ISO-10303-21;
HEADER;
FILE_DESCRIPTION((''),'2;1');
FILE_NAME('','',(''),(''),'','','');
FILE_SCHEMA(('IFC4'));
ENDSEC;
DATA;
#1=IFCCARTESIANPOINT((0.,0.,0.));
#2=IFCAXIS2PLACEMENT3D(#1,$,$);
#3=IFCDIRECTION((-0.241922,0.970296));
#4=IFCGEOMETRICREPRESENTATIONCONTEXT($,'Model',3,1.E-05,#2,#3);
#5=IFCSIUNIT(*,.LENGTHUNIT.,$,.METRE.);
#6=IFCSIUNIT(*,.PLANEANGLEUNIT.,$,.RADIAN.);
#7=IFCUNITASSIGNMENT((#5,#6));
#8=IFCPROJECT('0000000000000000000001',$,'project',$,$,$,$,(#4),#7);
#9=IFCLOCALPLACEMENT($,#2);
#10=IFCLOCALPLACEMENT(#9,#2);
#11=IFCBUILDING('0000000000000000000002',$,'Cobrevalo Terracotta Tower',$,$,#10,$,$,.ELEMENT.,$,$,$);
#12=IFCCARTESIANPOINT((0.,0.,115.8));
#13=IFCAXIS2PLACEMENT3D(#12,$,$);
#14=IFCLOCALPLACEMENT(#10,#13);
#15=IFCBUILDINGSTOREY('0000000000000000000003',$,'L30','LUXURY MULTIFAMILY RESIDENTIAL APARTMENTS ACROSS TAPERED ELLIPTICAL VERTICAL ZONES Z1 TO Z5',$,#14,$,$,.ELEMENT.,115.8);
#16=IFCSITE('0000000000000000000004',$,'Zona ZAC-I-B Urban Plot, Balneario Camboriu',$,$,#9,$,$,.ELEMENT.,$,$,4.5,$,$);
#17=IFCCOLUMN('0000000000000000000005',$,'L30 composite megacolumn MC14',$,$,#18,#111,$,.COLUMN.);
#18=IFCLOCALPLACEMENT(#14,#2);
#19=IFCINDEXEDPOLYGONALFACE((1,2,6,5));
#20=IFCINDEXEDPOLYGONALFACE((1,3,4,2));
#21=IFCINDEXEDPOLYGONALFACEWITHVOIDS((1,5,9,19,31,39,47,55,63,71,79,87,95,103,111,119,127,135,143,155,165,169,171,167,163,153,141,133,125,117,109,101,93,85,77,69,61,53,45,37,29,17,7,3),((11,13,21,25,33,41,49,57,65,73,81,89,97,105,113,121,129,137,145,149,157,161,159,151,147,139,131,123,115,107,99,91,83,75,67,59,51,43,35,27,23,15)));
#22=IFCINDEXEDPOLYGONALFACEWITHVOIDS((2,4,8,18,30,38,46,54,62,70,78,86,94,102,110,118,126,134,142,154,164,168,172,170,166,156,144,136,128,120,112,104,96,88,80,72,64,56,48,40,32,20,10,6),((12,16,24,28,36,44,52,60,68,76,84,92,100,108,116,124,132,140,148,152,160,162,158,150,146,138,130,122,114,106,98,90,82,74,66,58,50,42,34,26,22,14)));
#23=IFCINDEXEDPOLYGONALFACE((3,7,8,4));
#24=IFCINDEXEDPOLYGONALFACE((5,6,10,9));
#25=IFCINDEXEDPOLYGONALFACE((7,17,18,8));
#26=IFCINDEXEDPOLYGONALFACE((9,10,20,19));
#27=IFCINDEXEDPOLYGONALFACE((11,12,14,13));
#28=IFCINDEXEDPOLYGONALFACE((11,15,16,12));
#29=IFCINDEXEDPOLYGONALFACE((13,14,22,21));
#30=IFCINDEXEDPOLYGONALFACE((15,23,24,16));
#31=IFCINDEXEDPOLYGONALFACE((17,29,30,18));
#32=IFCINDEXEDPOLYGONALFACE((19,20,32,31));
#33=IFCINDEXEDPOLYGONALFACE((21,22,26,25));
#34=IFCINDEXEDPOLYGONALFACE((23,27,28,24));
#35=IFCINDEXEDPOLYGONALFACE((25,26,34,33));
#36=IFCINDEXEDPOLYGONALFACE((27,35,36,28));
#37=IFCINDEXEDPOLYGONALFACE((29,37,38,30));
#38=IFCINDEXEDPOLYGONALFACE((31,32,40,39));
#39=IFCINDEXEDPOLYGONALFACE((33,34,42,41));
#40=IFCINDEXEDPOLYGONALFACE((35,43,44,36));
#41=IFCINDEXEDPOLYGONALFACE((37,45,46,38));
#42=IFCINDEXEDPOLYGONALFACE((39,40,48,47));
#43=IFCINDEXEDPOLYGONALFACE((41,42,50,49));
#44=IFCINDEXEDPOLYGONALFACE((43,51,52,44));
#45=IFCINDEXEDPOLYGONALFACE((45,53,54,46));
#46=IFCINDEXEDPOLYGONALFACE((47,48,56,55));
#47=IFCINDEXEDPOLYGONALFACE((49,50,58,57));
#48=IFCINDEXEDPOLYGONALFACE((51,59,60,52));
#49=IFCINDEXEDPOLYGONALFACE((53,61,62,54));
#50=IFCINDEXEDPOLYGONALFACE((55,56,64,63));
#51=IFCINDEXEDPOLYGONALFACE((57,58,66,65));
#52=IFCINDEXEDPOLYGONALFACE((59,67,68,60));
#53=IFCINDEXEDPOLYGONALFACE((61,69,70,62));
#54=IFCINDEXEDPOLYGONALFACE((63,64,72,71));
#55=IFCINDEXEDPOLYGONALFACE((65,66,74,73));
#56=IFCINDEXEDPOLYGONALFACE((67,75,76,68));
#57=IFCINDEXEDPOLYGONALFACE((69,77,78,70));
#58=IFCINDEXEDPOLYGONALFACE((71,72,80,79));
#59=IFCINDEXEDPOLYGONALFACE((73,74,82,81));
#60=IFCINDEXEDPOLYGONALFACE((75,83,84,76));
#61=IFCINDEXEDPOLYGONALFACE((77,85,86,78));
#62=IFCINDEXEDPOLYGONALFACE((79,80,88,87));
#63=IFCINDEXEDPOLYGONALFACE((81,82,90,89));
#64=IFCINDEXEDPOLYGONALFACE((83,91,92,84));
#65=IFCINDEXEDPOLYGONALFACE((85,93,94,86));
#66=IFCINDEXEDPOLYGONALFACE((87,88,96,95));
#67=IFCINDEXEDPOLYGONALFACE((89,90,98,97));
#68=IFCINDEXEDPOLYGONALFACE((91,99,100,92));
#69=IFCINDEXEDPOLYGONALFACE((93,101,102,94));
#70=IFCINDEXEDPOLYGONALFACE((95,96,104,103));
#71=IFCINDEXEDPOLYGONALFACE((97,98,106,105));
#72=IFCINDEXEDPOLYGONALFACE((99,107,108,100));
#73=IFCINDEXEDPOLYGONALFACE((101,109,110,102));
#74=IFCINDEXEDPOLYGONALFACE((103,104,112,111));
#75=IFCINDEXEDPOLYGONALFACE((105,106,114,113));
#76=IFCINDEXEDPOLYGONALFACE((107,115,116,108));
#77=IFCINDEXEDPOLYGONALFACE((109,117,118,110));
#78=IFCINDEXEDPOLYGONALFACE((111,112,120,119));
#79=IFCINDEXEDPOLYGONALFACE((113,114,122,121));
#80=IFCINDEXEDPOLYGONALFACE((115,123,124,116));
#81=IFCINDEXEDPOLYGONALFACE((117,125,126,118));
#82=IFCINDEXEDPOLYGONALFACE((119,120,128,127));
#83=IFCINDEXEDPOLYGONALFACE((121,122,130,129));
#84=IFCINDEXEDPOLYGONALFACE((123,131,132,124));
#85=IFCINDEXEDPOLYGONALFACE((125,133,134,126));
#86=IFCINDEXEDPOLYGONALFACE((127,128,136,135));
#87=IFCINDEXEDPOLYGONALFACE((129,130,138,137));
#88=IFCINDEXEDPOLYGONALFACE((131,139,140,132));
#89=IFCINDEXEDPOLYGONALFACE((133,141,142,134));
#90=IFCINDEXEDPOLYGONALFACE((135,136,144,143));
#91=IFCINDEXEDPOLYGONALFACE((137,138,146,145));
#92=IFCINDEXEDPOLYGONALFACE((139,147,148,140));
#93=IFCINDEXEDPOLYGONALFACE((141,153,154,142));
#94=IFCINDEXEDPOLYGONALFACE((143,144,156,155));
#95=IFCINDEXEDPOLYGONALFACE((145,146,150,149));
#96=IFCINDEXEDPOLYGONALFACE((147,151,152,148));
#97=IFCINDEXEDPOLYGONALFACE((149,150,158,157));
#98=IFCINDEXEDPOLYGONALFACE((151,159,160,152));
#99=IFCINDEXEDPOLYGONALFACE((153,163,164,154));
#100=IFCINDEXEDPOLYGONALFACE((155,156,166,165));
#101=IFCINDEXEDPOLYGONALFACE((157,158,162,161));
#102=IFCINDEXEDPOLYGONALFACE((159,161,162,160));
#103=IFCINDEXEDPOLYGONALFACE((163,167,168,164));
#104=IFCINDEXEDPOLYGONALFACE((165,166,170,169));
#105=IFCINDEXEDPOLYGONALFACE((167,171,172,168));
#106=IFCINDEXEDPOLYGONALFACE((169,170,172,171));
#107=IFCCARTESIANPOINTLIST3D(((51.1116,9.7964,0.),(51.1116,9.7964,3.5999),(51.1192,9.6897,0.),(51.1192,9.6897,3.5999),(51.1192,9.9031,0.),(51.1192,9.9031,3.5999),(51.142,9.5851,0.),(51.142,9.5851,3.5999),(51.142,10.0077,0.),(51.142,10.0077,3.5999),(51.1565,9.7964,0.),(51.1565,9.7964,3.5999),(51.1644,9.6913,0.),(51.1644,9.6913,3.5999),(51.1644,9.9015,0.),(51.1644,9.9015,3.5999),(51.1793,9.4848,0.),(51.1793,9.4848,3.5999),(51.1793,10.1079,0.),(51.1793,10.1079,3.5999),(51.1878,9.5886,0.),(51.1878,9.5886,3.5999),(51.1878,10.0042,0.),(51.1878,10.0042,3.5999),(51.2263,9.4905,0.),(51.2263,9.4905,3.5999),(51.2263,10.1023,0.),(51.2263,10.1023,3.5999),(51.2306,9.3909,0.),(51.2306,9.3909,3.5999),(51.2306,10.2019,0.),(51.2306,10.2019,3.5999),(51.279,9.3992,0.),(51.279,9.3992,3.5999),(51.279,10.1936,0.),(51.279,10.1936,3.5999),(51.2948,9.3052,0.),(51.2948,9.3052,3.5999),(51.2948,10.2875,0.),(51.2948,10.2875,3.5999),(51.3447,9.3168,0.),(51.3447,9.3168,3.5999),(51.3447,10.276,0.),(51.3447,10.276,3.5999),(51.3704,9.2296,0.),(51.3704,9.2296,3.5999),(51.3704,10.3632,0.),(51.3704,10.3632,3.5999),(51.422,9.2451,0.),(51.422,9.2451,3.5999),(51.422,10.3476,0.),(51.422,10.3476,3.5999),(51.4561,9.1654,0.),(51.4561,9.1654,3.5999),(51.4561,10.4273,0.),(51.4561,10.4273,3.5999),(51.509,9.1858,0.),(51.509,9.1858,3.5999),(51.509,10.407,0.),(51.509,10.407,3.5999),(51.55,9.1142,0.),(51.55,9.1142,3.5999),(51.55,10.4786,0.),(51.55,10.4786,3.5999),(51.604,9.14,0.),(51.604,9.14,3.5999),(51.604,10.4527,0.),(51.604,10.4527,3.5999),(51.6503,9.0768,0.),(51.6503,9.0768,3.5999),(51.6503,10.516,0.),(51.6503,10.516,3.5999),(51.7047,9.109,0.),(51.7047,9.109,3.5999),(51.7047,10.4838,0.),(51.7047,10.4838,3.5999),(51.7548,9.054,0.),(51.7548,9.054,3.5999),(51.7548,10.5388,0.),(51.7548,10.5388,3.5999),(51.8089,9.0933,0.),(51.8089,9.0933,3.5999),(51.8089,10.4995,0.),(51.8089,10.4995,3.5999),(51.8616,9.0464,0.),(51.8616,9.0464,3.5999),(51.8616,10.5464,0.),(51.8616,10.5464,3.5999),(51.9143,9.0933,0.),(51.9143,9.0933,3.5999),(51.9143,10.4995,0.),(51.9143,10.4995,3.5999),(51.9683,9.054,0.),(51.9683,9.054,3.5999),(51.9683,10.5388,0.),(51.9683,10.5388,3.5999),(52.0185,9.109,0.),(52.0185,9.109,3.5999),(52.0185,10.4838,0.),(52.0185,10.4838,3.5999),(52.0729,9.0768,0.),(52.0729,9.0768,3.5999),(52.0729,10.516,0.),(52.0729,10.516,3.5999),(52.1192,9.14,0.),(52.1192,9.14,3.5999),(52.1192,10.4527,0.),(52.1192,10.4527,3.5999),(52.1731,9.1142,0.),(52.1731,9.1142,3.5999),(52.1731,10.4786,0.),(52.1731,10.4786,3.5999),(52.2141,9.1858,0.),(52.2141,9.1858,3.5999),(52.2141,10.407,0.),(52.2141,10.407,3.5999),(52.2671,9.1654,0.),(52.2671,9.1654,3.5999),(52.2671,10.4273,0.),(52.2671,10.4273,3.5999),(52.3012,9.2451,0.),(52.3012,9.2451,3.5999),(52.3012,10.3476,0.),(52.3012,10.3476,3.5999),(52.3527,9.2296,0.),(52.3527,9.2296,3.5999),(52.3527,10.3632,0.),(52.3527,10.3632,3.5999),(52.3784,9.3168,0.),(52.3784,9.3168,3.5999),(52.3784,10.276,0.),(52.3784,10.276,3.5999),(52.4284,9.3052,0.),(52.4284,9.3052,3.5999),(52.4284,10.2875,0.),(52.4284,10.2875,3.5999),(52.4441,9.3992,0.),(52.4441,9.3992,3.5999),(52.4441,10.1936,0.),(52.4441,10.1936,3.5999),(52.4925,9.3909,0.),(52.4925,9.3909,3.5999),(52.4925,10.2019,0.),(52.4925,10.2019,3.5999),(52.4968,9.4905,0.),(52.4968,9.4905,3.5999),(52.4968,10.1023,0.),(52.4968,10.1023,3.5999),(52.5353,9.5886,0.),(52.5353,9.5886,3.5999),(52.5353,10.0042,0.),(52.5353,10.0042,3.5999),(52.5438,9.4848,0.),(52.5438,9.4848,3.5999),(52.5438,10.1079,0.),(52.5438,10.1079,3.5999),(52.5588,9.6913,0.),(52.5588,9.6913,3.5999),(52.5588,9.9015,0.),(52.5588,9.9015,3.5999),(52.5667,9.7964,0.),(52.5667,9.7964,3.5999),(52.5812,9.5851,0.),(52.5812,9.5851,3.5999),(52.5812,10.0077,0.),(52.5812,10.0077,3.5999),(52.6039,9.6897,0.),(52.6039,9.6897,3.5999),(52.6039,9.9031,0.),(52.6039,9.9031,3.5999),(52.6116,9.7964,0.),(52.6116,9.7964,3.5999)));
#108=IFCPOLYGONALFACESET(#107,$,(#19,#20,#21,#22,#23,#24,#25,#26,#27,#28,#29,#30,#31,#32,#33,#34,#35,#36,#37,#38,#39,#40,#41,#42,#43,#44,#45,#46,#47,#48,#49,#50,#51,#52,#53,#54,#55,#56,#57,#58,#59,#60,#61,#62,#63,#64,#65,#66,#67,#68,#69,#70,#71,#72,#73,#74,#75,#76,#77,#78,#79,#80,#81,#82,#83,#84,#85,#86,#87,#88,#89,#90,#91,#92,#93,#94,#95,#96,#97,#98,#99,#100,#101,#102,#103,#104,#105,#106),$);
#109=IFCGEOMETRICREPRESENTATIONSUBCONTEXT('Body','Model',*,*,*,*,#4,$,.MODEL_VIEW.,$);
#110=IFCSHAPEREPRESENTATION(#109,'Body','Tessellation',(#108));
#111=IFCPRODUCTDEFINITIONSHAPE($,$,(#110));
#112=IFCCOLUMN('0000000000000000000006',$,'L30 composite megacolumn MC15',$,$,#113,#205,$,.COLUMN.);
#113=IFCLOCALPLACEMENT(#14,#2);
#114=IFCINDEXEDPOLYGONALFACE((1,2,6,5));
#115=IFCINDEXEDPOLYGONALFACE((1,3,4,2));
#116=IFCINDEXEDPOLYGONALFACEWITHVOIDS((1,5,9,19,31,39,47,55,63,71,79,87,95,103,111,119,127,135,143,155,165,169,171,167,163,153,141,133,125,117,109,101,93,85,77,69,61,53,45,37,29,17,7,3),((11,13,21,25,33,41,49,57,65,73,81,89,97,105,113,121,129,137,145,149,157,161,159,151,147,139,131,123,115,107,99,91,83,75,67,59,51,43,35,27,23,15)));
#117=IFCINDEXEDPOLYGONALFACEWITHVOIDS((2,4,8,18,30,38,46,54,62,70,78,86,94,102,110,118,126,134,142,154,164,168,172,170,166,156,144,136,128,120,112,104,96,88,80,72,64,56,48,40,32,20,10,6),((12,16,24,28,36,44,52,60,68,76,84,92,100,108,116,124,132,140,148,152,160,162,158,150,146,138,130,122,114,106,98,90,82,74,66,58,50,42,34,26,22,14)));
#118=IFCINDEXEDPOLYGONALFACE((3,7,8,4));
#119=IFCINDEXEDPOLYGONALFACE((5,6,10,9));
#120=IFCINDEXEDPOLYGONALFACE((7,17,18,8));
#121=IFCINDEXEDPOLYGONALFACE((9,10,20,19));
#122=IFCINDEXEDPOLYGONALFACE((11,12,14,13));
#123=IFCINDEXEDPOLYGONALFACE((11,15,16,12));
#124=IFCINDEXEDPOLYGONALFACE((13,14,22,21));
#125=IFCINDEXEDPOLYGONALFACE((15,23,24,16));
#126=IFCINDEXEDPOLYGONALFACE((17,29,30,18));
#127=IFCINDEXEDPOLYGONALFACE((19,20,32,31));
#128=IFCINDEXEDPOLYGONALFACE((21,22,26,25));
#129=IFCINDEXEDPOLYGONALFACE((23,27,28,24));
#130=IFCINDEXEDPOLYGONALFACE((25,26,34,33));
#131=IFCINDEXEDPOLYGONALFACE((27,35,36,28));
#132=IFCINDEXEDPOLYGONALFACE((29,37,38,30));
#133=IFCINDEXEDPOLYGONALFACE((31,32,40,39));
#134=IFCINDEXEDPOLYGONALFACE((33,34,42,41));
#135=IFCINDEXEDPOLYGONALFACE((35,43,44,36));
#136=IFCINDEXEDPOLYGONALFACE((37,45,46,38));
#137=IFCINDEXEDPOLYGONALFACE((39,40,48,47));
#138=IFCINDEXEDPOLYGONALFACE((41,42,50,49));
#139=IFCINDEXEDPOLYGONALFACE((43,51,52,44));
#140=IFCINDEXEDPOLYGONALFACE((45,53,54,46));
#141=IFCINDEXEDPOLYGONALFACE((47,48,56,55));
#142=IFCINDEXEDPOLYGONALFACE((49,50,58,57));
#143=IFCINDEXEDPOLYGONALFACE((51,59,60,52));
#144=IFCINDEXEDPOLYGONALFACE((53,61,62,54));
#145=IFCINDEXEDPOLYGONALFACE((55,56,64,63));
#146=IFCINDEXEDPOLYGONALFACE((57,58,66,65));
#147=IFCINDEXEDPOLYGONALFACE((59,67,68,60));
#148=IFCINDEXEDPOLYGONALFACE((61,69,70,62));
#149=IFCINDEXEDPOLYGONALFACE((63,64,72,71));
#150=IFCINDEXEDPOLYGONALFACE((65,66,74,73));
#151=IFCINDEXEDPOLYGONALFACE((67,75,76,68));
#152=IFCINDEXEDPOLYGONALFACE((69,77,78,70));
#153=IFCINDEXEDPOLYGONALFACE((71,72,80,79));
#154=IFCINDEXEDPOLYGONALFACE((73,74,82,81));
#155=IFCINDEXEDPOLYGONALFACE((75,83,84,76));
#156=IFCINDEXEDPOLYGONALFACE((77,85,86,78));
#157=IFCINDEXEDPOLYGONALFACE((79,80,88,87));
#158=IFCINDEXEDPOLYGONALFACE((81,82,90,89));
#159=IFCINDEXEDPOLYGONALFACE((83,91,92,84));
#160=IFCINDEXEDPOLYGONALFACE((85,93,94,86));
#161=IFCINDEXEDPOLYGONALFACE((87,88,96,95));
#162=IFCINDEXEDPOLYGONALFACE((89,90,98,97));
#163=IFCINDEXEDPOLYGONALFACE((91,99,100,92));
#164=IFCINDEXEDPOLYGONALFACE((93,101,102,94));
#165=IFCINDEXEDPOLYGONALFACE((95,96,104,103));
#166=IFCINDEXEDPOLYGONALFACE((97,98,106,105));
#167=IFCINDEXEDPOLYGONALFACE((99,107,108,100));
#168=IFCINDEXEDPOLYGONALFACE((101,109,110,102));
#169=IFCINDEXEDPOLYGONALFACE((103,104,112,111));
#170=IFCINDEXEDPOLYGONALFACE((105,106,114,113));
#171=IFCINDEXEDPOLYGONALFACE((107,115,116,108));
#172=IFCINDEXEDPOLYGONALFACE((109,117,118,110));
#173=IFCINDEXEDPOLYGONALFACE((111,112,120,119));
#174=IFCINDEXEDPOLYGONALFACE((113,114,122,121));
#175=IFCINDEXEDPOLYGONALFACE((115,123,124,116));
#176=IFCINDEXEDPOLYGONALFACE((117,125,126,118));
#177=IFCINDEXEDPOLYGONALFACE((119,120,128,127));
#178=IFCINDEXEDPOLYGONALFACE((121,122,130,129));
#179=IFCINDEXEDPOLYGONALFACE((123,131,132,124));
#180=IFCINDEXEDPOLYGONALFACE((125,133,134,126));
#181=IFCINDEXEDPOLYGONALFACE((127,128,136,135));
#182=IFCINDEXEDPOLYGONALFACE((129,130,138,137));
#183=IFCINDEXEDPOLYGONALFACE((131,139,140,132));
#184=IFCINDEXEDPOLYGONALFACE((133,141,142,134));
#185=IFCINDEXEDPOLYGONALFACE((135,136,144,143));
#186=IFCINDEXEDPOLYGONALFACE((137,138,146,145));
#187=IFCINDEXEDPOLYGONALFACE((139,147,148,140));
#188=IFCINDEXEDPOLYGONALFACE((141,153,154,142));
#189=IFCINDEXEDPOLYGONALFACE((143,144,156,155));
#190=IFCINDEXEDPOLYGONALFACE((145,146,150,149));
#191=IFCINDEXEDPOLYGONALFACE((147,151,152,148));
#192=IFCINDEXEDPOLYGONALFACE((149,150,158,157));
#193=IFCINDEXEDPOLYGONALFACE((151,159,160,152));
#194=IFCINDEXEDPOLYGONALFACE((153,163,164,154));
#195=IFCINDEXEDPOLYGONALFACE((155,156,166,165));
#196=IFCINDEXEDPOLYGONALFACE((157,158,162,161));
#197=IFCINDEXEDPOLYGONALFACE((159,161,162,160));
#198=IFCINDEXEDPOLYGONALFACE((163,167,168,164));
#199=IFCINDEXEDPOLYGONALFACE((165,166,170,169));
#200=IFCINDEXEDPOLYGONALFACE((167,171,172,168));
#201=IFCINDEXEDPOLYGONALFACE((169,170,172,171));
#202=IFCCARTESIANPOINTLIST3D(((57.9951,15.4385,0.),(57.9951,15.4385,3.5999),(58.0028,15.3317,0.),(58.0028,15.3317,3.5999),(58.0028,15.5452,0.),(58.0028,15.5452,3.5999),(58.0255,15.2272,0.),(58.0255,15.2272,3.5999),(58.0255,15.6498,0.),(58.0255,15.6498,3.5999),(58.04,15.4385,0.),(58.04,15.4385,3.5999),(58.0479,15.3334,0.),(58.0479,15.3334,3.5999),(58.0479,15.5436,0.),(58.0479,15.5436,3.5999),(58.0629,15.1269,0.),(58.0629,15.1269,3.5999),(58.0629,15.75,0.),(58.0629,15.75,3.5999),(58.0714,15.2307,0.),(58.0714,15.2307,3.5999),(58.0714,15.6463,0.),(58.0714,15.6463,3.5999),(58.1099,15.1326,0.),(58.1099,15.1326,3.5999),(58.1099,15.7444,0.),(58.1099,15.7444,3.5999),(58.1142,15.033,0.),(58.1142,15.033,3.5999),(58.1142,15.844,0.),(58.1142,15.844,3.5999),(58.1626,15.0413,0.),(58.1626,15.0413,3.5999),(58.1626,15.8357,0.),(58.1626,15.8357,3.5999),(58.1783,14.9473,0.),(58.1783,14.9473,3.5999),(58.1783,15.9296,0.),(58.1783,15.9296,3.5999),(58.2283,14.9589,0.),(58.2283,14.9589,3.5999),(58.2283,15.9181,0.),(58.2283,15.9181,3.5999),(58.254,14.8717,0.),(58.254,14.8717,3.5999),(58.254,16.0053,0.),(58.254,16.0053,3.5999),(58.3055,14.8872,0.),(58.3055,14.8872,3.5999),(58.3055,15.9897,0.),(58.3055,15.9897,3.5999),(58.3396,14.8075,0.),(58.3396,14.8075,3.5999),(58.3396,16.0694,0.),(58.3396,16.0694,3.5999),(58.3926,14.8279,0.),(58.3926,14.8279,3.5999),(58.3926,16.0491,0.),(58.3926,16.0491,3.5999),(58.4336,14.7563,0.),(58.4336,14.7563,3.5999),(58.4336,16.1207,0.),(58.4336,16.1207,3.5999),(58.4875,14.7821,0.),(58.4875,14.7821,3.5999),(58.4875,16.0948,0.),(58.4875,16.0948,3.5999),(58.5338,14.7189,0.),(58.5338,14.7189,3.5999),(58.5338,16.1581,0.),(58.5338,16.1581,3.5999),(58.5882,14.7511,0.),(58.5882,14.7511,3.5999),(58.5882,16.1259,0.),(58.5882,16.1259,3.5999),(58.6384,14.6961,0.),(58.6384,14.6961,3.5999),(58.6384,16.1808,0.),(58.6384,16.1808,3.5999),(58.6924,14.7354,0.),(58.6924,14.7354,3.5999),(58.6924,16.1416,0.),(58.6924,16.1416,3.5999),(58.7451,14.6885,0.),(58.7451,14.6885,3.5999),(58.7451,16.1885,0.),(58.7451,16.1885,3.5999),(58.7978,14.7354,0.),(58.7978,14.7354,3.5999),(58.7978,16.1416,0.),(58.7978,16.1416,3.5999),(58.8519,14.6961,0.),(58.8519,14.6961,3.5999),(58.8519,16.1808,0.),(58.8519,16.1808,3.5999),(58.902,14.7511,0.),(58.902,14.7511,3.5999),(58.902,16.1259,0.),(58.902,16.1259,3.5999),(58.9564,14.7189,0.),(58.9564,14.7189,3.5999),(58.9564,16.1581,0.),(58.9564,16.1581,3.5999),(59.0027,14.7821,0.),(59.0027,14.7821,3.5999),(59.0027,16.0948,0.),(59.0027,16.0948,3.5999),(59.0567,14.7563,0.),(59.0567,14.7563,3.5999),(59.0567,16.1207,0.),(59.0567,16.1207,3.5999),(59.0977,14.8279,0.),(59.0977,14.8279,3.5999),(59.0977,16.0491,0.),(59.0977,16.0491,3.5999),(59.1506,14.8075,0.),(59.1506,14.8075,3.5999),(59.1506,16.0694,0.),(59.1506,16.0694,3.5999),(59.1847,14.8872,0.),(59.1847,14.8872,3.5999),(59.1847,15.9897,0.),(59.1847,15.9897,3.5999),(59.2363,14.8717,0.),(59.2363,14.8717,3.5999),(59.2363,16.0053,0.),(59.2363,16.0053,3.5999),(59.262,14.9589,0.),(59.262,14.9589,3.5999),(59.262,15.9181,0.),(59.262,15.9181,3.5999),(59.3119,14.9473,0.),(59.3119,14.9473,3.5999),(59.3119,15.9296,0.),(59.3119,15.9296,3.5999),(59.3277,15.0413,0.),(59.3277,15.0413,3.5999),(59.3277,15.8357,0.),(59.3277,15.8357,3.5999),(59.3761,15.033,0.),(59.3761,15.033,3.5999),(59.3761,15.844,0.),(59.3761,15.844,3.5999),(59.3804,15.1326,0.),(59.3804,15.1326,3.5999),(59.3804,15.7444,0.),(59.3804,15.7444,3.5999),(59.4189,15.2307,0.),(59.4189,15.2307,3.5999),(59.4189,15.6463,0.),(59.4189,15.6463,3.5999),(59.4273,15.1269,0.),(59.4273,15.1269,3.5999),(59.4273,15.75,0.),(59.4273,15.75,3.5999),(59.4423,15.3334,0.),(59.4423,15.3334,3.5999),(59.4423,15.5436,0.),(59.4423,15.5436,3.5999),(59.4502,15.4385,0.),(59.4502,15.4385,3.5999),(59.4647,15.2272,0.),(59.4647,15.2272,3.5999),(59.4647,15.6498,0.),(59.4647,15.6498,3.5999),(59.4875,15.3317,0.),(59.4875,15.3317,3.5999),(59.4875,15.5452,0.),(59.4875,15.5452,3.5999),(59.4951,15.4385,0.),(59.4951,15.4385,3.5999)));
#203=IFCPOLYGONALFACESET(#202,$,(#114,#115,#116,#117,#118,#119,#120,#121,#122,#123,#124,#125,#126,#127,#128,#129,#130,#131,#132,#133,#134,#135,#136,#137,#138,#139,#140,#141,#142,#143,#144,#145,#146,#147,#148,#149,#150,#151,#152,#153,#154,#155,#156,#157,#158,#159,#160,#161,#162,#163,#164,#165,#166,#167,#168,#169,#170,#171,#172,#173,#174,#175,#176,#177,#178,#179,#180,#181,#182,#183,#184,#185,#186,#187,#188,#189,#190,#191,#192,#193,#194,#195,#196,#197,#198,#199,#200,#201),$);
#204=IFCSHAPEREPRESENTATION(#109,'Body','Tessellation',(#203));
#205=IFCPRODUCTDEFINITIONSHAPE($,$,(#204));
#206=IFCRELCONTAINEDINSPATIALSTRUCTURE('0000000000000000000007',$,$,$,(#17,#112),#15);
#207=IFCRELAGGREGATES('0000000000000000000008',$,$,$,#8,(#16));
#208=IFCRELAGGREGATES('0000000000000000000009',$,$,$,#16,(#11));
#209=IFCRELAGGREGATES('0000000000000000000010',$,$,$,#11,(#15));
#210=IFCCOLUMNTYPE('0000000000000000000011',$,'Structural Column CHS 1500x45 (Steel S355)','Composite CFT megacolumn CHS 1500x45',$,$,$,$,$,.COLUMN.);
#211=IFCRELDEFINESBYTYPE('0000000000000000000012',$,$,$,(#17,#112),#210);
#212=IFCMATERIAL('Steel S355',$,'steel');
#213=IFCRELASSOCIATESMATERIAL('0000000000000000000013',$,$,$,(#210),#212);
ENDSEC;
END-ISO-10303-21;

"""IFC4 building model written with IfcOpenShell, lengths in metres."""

from ifc_helpers import new_model, si_unit, direction, frame, origin, origin_2d, place, context, subcontext, project, spatial, hollow_circle, extrude, material, material_profile, profile_set, type_object, element, save


model = new_model("IFC4")

# Units and contexts
model_context = context("Model", 3, precision=1e-05, world=origin(), true_north=direction((-0.241922, 0.970296)))
body_context = subcontext(model_context, "Body", "Model", "MODEL_VIEW")
ifc_project = project(units=[si_unit("LENGTHUNIT", "METRE"), si_unit("PLANEANGLEUNIT", "RADIAN")], contexts=[model_context])

# Site, building, storey
site_placement = place(None, origin())
site = spatial("IfcSite", under=ifc_project, at=site_placement, Name="Zona ZAC-I-B Urban Plot, Balneario Camboriu", CompositionType="ELEMENT", RefElevation=4.5)
building_placement = place(site_placement, origin())
building = spatial("IfcBuilding", under=site, at=building_placement, Name="Cobrevalo Terracotta Tower", CompositionType="ELEMENT")
storey_placement = place(building_placement, frame((0.0, 0.0, 115.8)))
storey = spatial("IfcBuildingStorey", under=building, at=storey_placement, Name="L30", Description="LUXURY MULTIFAMILY RESIDENTIAL APARTMENTS ACROSS TAPERED ELLIPTICAL VERTICAL ZONES Z1 TO Z5", CompositionType="ELEMENT", Elevation=115.8)

# Columns
ifc_material_1 = material(Name="Steel S355", Category="steel")
ifc_material_profile_1 = material_profile(ifc_material_1, hollow_circle(Radius=0.75, WallThickness=0.0449, at=origin_2d()), Name="CHS 1500x45")
ifc_profile_set_1 = profile_set([ifc_material_profile_1], Name="Steel S355")
column_type = type_object("IfcColumnType", Name="Structural Column CHS 1500x45 (Steel S355)", Description="Composite CFT megacolumn CHS 1500x45", PredefinedType="COLUMN", material=ifc_profile_set_1)
for number, where, z_axis, x_axis, name in (
    (1, (51.8616, 9.7964, 0.0), (0.0, 0.0, 1.0), (1.0, 0.0, 0.0), "L30 composite megacolumn MC14"),
    (2, (58.7451, 15.4385, 0.0), (0.0, 0.0, 1.0), (1.0, 0.0, 0.0), "L30 composite megacolumn MC15"),
):
    element("IfcColumn", number, at=place(storey_placement, frame(where, z_axis=z_axis, x_axis=x_axis)), inside=storey, type_object=column_type, Name=name, PredefinedType="COLUMN", context=body_context, shape_type="SweptSolid", body=[
        extrude(hollow_circle(Radius=0.75, WallThickness=0.0449, at=origin_2d()), origin(), (0.0, 0.0, 1.0), 3.5999),
    ])

save(model, "model.ifc")
